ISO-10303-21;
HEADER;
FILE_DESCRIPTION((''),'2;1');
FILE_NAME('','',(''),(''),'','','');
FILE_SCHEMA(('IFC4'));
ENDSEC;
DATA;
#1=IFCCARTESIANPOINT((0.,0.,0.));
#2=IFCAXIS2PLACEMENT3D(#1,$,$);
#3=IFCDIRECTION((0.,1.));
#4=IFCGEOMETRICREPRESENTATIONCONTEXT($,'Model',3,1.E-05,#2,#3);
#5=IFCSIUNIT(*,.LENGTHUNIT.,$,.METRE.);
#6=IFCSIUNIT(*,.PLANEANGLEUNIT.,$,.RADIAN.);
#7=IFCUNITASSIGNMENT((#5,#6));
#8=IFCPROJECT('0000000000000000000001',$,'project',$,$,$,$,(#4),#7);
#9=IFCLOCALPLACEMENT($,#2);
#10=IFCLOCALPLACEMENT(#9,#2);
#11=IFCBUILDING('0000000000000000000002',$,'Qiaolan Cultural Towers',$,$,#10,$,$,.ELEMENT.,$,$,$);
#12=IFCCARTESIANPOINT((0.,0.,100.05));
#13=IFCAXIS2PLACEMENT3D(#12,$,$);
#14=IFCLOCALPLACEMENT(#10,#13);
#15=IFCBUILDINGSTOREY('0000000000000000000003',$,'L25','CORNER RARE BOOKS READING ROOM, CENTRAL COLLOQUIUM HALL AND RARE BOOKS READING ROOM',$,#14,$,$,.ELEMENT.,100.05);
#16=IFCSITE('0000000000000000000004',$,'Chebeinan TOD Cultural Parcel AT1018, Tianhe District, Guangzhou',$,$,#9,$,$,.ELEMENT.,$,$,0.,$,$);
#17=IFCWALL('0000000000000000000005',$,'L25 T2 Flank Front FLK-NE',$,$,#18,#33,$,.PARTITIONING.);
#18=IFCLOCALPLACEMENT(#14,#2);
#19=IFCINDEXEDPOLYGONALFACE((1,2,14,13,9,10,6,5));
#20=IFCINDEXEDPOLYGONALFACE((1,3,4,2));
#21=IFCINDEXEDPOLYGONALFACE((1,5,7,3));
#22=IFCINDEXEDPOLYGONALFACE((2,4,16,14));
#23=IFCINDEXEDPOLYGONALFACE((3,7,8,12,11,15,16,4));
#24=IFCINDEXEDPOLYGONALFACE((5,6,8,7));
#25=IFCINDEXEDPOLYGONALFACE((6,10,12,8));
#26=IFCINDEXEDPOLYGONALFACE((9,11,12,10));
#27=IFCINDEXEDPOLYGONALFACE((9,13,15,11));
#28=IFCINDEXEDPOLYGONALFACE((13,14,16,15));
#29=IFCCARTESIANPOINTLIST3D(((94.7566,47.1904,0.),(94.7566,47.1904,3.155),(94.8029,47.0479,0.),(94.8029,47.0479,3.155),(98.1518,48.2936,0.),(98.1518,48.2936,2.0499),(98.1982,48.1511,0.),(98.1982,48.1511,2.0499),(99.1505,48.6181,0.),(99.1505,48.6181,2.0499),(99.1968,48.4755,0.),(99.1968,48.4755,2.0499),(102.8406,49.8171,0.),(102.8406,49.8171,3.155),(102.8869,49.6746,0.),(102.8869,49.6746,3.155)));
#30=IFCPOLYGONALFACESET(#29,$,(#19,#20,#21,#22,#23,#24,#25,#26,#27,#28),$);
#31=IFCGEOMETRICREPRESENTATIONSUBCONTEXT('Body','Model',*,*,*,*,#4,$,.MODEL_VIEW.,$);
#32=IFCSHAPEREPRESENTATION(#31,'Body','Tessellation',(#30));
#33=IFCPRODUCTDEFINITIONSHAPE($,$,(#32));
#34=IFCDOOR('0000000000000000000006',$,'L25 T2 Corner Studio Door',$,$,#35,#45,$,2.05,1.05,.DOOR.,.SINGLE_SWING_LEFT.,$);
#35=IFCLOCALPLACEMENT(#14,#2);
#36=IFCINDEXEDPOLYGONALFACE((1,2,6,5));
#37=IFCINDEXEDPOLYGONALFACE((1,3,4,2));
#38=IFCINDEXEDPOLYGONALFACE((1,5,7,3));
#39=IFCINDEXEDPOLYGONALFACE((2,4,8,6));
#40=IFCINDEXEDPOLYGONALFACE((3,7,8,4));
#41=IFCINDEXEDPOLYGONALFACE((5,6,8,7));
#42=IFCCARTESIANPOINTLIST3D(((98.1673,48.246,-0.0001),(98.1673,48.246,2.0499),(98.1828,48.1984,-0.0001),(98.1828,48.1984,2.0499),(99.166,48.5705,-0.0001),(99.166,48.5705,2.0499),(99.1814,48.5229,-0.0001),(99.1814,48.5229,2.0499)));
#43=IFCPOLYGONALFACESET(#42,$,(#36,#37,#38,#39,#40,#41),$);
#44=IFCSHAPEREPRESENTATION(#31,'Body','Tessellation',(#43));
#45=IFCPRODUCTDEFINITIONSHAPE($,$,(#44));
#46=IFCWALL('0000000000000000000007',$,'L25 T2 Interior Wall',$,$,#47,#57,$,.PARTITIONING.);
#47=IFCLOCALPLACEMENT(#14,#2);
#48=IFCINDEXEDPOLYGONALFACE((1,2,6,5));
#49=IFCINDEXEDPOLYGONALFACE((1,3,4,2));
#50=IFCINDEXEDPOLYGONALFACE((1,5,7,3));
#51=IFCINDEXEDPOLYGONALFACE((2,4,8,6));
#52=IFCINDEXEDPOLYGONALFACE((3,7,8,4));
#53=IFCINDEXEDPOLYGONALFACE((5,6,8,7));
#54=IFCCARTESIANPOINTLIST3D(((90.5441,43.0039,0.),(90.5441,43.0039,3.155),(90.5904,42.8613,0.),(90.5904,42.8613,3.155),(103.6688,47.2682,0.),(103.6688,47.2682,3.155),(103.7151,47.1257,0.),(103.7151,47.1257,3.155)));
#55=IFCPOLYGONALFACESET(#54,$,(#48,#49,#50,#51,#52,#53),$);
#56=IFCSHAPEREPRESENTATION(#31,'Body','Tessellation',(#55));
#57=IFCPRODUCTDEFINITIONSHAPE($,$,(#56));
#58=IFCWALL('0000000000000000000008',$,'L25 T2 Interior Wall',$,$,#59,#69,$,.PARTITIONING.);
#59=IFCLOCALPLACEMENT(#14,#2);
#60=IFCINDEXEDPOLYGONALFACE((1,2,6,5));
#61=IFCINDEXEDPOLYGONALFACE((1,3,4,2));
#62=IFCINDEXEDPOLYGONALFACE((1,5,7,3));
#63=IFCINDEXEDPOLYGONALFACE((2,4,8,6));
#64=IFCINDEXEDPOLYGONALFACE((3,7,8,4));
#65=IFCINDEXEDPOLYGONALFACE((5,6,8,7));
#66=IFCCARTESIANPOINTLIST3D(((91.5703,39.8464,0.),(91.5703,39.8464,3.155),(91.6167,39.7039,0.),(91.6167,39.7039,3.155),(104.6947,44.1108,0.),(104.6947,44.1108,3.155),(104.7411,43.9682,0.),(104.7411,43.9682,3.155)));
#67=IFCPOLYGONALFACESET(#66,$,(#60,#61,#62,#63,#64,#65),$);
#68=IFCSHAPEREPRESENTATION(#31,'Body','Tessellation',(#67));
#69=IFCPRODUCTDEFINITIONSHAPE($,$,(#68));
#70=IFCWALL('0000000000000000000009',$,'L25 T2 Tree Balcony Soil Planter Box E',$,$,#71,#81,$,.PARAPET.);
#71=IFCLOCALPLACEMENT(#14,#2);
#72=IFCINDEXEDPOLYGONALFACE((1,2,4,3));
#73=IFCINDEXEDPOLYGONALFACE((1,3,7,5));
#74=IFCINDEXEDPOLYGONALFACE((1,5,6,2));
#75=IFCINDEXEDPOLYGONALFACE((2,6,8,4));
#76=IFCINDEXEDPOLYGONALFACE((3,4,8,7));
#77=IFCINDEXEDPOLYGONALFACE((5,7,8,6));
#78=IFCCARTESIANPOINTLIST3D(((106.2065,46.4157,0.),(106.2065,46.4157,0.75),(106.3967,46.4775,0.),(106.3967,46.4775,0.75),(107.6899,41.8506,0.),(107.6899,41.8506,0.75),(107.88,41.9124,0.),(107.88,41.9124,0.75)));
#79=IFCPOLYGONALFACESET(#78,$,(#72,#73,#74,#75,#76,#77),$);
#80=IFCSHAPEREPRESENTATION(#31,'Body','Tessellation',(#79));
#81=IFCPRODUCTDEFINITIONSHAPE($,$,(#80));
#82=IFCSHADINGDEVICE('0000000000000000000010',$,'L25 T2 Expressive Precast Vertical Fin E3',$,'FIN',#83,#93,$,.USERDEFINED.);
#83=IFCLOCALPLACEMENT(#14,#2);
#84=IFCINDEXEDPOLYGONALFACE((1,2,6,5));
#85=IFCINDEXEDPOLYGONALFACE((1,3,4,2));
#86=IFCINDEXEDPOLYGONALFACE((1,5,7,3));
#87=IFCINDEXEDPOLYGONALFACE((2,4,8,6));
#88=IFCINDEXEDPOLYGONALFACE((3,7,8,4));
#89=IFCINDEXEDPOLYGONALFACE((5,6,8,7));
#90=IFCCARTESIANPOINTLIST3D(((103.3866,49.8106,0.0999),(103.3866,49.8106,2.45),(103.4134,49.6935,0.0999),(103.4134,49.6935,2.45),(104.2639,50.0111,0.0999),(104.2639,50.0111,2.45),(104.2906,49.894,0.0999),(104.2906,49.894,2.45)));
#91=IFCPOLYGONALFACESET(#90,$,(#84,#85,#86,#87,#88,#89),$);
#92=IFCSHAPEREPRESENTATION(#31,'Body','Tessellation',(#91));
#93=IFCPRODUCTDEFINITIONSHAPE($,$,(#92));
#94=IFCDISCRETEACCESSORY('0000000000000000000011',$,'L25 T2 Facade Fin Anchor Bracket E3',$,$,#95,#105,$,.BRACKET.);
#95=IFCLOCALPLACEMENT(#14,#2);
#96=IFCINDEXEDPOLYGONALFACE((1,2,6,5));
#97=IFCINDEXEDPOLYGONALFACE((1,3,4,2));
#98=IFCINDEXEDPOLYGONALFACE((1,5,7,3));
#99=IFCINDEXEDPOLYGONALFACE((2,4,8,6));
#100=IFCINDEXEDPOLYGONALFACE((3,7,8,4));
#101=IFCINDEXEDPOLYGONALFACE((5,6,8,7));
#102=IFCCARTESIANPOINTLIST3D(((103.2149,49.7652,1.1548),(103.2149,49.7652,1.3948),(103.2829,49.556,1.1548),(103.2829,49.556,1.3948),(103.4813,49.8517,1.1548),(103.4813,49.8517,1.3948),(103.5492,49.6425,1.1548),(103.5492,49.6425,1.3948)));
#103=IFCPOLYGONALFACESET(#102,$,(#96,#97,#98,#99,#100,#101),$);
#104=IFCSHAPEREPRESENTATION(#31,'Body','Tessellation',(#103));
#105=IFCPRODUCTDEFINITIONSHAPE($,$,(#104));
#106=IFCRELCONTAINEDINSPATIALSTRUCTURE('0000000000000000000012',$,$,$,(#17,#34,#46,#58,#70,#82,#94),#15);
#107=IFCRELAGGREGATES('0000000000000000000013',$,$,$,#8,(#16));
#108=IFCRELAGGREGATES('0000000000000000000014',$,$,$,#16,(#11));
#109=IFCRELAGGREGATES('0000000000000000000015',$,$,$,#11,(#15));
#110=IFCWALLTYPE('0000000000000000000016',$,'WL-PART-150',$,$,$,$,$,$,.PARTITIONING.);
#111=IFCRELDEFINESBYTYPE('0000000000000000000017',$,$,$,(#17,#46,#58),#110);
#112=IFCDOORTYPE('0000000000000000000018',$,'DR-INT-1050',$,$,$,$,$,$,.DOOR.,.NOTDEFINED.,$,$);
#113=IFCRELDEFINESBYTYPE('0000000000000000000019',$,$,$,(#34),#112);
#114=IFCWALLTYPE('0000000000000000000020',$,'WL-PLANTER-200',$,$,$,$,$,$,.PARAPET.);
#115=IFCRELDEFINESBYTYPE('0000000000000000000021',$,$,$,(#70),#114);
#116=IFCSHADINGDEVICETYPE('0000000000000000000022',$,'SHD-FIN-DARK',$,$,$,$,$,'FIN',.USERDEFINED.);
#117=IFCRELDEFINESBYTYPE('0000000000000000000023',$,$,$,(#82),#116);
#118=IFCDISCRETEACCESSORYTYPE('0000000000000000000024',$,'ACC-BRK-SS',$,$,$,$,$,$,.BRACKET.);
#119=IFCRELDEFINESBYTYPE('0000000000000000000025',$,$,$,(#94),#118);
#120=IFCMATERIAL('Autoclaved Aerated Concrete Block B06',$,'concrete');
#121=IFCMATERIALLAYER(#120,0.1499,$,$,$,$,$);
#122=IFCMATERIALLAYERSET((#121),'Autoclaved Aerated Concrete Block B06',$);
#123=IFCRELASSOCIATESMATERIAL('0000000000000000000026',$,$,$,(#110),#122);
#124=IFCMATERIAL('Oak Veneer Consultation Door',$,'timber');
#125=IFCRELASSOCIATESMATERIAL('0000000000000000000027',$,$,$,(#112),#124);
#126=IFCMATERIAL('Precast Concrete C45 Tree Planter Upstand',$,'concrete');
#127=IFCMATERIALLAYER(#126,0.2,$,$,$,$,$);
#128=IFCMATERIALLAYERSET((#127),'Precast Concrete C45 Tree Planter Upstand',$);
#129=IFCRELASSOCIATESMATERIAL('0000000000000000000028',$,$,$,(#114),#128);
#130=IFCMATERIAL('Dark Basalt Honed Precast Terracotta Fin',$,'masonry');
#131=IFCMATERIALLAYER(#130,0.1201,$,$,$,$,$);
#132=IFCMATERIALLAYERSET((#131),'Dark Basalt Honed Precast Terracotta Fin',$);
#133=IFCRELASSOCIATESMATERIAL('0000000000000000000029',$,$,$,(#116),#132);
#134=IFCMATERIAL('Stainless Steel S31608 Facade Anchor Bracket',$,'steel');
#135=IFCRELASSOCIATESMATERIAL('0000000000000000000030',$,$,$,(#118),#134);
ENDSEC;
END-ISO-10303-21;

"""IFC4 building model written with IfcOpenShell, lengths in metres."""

from ifc_helpers import new_model, si_unit, direction, frame, frame_2d, origin, origin_2d, place, context, subcontext, project, spatial, rectangle, extrude, material, layer, layer_set, type_object, element, fill, save


model = new_model("IFC4")

# Units and contexts
model_context = context("Model", 3, precision=1e-05, world=origin(), true_north=direction((0.0, 1.0)))
body_context = subcontext(model_context, "Body", "Model", "MODEL_VIEW")
ifc_project = project(units=[si_unit("LENGTHUNIT", "METRE"), si_unit("PLANEANGLEUNIT", "RADIAN")], contexts=[model_context])

# Site, building, storey
site_placement = place(None, origin())
site = spatial("IfcSite", under=ifc_project, at=site_placement, Name="Chebeinan TOD Cultural Parcel AT1018, Tianhe District, Guangzhou", CompositionType="ELEMENT", RefElevation=0.0)
building_placement = place(site_placement, origin())
building = spatial("IfcBuilding", under=site, at=building_placement, Name="Qiaolan Cultural Towers", CompositionType="ELEMENT")
storey_placement = place(building_placement, frame((0.0, 0.0, 100.05)))
storey = spatial("IfcBuildingStorey", under=building, at=storey_placement, Name="L25", Description="CORNER RARE BOOKS READING ROOM, CENTRAL COLLOQUIUM HALL AND RARE BOOKS READING ROOM", CompositionType="ELEMENT", Elevation=100.05)

# Shared definitions
ifc_material_1 = material(Name="Autoclaved Aerated Concrete Block B06", Category="concrete")
ifc_layer_1 = layer(ifc_material_1, 0.1499)
ifc_layer_set_1 = layer_set([ifc_layer_1], Name="Autoclaved Aerated Concrete Block B06")
wall_type_1 = type_object("IfcWallType", Name="WL-PART-150", PredefinedType="PARTITIONING", material=ifc_layer_set_1)

# Wall, opening, door
wall_1_placement = place(storey_placement, frame((94.7798, 47.1191, 0.0), z_axis=(0.0, 0.0, 1.0), x_axis=(0.951054, 0.309024, 0.0)))
wall_1 = element("IfcWall", 1, at=wall_1_placement, inside=storey, type_object=wall_type_1, Name="L25 T2 Flank Front FLK-NE", PredefinedType="PARTITIONING", context=body_context, shape_type="SweptSolid", body=[
    extrude(rectangle(XDim=8.5, YDim=0.1499, at=frame_2d((4.25, 0.0))), origin(), (0.0, 0.0, 1.0), 3.155),
])
opening_1_placement = place(wall_1_placement, frame((3.5701, 0.0, 0.0)))
opening_1 = element("IfcOpeningElement", 2, at=opening_1_placement, cuts=wall_1, PredefinedType="OPENING", context=body_context, shape_type="SweptSolid", body=[
    extrude(rectangle(XDim=1.05, YDim=2.05, at=frame_2d((0.5249, 1.0249))), frame((0.0, 0.085, 0.0), z_axis=(0.0, -1.0, 0.0), x_axis=(1.0, 0.0, 0.0)), (0.0, 0.0, 1.0), 0.1699),
])
ifc_material_2 = material(Name="Oak Veneer Consultation Door", Category="timber")
door_type_1 = type_object("IfcDoorType", Name="DR-INT-1050", OperationType="NOTDEFINED", PredefinedType="DOOR", material=ifc_material_2)
door_1_placement = place(opening_1_placement, origin())
door_1 = element("IfcDoor", 3, at=door_1_placement, inside=storey, type_object=door_type_1, Name="L25 T2 Corner Studio Door", OperationType="SINGLE_SWING_LEFT", OverallHeight=2.05, OverallWidth=1.05, PredefinedType="DOOR", context=body_context, shape_type="SweptSolid", body=[
    extrude(rectangle(XDim=1.05, YDim=2.05, at=frame_2d((0.5249, 1.0249))), frame((0.0, 0.0249, 0.0), z_axis=(0.0, -1.0, 0.0), x_axis=(1.0, 0.0, 0.0)), (0.0, 0.0, 1.0), 0.05),
])
fill(opening_1, door_1)

# Walls
wall_2_placement = place(storey_placement, frame((90.5674, 42.9326, 0.0), z_axis=(0.0, 0.0, 1.0), x_axis=(0.951058, 0.309011, 0.0)))
element("IfcWall", 4, at=wall_2_placement, inside=storey, type_object=wall_type_1, Name="L25 T2 Interior Wall", PredefinedType="PARTITIONING", context=body_context, shape_type="SweptSolid", body=[
    extrude(rectangle(XDim=13.8, YDim=0.1499, at=frame_2d((6.8999, 0.0))), origin(), (0.0, 0.0, 1.0), 3.155),
])
wall_3_placement = place(storey_placement, frame((91.5935, 39.7751, 0.0), z_axis=(0.0, 0.0, 1.0), x_axis=(0.951057, 0.309016, 0.0)))
element("IfcWall", 5, at=wall_3_placement, inside=storey, type_object=wall_type_1, Name="L25 T2 Interior Wall", PredefinedType="PARTITIONING", context=body_context, shape_type="SweptSolid", body=[
    extrude(rectangle(XDim=13.7998, YDim=0.1499, at=frame_2d((6.8999, 0.0))), origin(), (0.0, 0.0, 1.0), 3.155),
])
ifc_material_3 = material(Name="Precast Concrete C45 Tree Planter Upstand", Category="concrete")
ifc_layer_2 = layer(ifc_material_3, 0.2)
ifc_layer_set_2 = layer_set([ifc_layer_2], Name="Precast Concrete C45 Tree Planter Upstand")
wall_type_2 = type_object("IfcWallType", Name="WL-PLANTER-200", PredefinedType="PARAPET", material=ifc_layer_set_2)
wall_4_placement = place(storey_placement, frame((107.7849, 41.8816, 0.0), z_axis=(0.0, 0.0, 1.0), x_axis=(-0.309032, 0.951052, 0.0)))
element("IfcWall", 6, at=wall_4_placement, inside=storey, type_object=wall_type_2, Name="L25 T2 Tree Balcony Soil Planter Box E", PredefinedType="PARAPET", context=body_context, shape_type="SweptSolid", body=[
    extrude(rectangle(XDim=4.8, YDim=0.2, at=frame_2d((2.3999, 0.0))), origin(), (0.0, 0.0, 1.0), 0.75),
])

# Shading device
ifc_material_4 = material(Name="Dark Basalt Honed Precast Terracotta Fin", Category="masonry")
ifc_layer_3 = layer(ifc_material_4, 0.1201)
ifc_layer_set_3 = layer_set([ifc_layer_3], Name="Dark Basalt Honed Precast Terracotta Fin")
shading_device_type = type_object("IfcShadingDeviceType", Name="SHD-FIN-DARK", ElementType="FIN", PredefinedType="USERDEFINED", material=ifc_layer_set_3)
shading_device_placement = place(storey_placement, frame((103.8386, 49.8523, 0.0999), z_axis=(0.0, 0.0, 1.0), x_axis=(0.974879, 0.222735, 0.0)))
element("IfcShadingDevice", 7, at=shading_device_placement, inside=storey, type_object=shading_device_type, Name="L25 T2 Expressive Precast Vertical Fin E3", ObjectType="FIN", PredefinedType="USERDEFINED", context=body_context, shape_type="SweptSolid", body=[
    extrude(rectangle(XDim=0.8999, YDim=0.1201, at=origin_2d()), origin(), (0.0, 0.0, 1.0), 2.3501),
])

# Discrete accessory
ifc_material_5 = material(Name="Stainless Steel S31608 Facade Anchor Bracket", Category="steel")
discrete_accessory_type = type_object("IfcDiscreteAccessoryType", Name="ACC-BRK-SS", PredefinedType="BRACKET", material=ifc_material_5)
discrete_accessory_placement = place(storey_placement, frame((103.3821, 49.7039, 1.1548), z_axis=(0.0, 0.0, 1.0), x_axis=(0.951057, 0.309017, 0.0)))
element("IfcDiscreteAccessory", 8, at=discrete_accessory_placement, inside=storey, type_object=discrete_accessory_type, Name="L25 T2 Facade Fin Anchor Bracket E3", PredefinedType="BRACKET", context=body_context, shape_type="SweptSolid", body=[
    extrude(rectangle(XDim=0.28, YDim=0.22, at=origin_2d()), origin(), (0.0, 0.0, 1.0), 0.24),
])

save(model, "model.ifc")
